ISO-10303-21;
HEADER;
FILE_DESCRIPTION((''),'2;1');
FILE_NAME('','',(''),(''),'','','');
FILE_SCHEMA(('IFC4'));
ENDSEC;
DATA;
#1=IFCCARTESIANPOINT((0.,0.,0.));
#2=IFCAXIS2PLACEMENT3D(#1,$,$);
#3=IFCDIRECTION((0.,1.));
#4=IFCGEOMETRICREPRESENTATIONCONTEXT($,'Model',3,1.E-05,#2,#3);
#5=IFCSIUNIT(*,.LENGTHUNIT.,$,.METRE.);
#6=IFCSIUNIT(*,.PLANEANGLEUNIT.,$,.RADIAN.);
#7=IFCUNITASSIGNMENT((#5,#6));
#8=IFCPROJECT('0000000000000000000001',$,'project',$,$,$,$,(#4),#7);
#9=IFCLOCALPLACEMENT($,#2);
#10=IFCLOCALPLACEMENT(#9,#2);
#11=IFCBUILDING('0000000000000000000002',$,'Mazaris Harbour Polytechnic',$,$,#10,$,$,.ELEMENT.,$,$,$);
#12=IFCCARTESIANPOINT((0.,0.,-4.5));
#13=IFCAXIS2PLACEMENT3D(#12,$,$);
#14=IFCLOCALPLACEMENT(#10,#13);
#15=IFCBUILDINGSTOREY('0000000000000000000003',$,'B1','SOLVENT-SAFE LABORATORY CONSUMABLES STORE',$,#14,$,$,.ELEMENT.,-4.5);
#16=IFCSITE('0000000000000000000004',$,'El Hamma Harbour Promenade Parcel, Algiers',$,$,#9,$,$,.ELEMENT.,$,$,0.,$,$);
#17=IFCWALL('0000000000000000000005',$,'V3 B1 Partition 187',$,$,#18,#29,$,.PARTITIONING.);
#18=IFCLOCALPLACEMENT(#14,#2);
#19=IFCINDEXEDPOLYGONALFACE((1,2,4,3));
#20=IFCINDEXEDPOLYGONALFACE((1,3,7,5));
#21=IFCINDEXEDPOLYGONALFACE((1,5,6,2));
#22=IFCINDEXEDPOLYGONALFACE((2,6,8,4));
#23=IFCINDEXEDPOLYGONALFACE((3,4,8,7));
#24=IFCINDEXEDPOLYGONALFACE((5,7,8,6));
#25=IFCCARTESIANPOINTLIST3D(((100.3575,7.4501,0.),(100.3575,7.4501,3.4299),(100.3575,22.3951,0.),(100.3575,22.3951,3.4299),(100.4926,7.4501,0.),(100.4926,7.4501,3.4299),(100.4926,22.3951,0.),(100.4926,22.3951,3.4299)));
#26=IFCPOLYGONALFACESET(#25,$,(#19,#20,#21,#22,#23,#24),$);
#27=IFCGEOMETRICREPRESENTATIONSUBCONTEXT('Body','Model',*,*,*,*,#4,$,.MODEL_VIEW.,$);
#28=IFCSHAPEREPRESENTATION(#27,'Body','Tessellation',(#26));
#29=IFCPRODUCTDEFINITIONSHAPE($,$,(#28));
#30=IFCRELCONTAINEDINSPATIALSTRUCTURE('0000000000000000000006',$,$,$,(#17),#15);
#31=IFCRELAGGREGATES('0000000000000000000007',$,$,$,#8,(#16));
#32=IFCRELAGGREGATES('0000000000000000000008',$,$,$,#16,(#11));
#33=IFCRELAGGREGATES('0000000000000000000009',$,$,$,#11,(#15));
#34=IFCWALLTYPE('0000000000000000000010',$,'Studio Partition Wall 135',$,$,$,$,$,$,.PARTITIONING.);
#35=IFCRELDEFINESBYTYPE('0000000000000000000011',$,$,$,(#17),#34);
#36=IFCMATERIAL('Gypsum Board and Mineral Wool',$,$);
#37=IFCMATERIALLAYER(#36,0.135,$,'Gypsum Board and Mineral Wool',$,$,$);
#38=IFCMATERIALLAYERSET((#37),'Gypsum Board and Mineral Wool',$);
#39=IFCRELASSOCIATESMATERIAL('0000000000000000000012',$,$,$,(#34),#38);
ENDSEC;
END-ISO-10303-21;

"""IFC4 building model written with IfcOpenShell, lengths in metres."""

from ifc_helpers import new_model, si_unit, direction, frame, frame_2d, origin, place, context, subcontext, project, spatial, rectangle, extrude, material, layer, layer_set, type_object, element, save


model = new_model("IFC4")

# Units and contexts
model_context = context("Model", 3, precision=1e-05, world=origin(), true_north=direction((0.0, 1.0)))
body_context = subcontext(model_context, "Body", "Model", "MODEL_VIEW")
ifc_project = project(units=[si_unit("LENGTHUNIT", "METRE"), si_unit("PLANEANGLEUNIT", "RADIAN")], contexts=[model_context])

# Site, building, storey
site_placement = place(None, origin())
site = spatial("IfcSite", under=ifc_project, at=site_placement, Name="El Hamma Harbour Promenade Parcel, Algiers", CompositionType="ELEMENT", RefElevation=0.0)
building_placement = place(site_placement, origin())
building = spatial("IfcBuilding", under=site, at=building_placement, Name="Mazaris Harbour Polytechnic", CompositionType="ELEMENT")
storey_placement = place(building_placement, frame((0.0, 0.0, -4.5)))
storey = spatial("IfcBuildingStorey", under=building, at=storey_placement, Name="B1", Description="SOLVENT-SAFE LABORATORY CONSUMABLES STORE", CompositionType="ELEMENT", Elevation=-4.5)

# Wall
ifc_material_1 = material(Name="Gypsum Board and Mineral Wool")
ifc_layer_1 = layer(ifc_material_1, 0.135, Name="Gypsum Board and Mineral Wool")
ifc_layer_set_1 = layer_set([ifc_layer_1], Name="Gypsum Board and Mineral Wool")
wall_type_1 = type_object("IfcWallType", Name="Studio Partition Wall 135", PredefinedType="PARTITIONING", material=ifc_layer_set_1)
wall_1_placement = place(storey_placement, frame((100.425, 7.45, 0.0), z_axis=(0.0, 0.0, 1.0), x_axis=(0.0, 1.0, 0.0)))
element("IfcWall", 1, at=wall_1_placement, inside=storey, type_object=wall_type_1, Name="V3 B1 Partition 187", PredefinedType="PARTITIONING", context=body_context, shape_type="SweptSolid", body=[
    extrude(rectangle(XDim=14.9451, YDim=0.135, at=frame_2d((7.4727, 0.0))), origin(), (0.0, 0.0, 1.0), 3.4299),
])

save(model, "model.ifc")
